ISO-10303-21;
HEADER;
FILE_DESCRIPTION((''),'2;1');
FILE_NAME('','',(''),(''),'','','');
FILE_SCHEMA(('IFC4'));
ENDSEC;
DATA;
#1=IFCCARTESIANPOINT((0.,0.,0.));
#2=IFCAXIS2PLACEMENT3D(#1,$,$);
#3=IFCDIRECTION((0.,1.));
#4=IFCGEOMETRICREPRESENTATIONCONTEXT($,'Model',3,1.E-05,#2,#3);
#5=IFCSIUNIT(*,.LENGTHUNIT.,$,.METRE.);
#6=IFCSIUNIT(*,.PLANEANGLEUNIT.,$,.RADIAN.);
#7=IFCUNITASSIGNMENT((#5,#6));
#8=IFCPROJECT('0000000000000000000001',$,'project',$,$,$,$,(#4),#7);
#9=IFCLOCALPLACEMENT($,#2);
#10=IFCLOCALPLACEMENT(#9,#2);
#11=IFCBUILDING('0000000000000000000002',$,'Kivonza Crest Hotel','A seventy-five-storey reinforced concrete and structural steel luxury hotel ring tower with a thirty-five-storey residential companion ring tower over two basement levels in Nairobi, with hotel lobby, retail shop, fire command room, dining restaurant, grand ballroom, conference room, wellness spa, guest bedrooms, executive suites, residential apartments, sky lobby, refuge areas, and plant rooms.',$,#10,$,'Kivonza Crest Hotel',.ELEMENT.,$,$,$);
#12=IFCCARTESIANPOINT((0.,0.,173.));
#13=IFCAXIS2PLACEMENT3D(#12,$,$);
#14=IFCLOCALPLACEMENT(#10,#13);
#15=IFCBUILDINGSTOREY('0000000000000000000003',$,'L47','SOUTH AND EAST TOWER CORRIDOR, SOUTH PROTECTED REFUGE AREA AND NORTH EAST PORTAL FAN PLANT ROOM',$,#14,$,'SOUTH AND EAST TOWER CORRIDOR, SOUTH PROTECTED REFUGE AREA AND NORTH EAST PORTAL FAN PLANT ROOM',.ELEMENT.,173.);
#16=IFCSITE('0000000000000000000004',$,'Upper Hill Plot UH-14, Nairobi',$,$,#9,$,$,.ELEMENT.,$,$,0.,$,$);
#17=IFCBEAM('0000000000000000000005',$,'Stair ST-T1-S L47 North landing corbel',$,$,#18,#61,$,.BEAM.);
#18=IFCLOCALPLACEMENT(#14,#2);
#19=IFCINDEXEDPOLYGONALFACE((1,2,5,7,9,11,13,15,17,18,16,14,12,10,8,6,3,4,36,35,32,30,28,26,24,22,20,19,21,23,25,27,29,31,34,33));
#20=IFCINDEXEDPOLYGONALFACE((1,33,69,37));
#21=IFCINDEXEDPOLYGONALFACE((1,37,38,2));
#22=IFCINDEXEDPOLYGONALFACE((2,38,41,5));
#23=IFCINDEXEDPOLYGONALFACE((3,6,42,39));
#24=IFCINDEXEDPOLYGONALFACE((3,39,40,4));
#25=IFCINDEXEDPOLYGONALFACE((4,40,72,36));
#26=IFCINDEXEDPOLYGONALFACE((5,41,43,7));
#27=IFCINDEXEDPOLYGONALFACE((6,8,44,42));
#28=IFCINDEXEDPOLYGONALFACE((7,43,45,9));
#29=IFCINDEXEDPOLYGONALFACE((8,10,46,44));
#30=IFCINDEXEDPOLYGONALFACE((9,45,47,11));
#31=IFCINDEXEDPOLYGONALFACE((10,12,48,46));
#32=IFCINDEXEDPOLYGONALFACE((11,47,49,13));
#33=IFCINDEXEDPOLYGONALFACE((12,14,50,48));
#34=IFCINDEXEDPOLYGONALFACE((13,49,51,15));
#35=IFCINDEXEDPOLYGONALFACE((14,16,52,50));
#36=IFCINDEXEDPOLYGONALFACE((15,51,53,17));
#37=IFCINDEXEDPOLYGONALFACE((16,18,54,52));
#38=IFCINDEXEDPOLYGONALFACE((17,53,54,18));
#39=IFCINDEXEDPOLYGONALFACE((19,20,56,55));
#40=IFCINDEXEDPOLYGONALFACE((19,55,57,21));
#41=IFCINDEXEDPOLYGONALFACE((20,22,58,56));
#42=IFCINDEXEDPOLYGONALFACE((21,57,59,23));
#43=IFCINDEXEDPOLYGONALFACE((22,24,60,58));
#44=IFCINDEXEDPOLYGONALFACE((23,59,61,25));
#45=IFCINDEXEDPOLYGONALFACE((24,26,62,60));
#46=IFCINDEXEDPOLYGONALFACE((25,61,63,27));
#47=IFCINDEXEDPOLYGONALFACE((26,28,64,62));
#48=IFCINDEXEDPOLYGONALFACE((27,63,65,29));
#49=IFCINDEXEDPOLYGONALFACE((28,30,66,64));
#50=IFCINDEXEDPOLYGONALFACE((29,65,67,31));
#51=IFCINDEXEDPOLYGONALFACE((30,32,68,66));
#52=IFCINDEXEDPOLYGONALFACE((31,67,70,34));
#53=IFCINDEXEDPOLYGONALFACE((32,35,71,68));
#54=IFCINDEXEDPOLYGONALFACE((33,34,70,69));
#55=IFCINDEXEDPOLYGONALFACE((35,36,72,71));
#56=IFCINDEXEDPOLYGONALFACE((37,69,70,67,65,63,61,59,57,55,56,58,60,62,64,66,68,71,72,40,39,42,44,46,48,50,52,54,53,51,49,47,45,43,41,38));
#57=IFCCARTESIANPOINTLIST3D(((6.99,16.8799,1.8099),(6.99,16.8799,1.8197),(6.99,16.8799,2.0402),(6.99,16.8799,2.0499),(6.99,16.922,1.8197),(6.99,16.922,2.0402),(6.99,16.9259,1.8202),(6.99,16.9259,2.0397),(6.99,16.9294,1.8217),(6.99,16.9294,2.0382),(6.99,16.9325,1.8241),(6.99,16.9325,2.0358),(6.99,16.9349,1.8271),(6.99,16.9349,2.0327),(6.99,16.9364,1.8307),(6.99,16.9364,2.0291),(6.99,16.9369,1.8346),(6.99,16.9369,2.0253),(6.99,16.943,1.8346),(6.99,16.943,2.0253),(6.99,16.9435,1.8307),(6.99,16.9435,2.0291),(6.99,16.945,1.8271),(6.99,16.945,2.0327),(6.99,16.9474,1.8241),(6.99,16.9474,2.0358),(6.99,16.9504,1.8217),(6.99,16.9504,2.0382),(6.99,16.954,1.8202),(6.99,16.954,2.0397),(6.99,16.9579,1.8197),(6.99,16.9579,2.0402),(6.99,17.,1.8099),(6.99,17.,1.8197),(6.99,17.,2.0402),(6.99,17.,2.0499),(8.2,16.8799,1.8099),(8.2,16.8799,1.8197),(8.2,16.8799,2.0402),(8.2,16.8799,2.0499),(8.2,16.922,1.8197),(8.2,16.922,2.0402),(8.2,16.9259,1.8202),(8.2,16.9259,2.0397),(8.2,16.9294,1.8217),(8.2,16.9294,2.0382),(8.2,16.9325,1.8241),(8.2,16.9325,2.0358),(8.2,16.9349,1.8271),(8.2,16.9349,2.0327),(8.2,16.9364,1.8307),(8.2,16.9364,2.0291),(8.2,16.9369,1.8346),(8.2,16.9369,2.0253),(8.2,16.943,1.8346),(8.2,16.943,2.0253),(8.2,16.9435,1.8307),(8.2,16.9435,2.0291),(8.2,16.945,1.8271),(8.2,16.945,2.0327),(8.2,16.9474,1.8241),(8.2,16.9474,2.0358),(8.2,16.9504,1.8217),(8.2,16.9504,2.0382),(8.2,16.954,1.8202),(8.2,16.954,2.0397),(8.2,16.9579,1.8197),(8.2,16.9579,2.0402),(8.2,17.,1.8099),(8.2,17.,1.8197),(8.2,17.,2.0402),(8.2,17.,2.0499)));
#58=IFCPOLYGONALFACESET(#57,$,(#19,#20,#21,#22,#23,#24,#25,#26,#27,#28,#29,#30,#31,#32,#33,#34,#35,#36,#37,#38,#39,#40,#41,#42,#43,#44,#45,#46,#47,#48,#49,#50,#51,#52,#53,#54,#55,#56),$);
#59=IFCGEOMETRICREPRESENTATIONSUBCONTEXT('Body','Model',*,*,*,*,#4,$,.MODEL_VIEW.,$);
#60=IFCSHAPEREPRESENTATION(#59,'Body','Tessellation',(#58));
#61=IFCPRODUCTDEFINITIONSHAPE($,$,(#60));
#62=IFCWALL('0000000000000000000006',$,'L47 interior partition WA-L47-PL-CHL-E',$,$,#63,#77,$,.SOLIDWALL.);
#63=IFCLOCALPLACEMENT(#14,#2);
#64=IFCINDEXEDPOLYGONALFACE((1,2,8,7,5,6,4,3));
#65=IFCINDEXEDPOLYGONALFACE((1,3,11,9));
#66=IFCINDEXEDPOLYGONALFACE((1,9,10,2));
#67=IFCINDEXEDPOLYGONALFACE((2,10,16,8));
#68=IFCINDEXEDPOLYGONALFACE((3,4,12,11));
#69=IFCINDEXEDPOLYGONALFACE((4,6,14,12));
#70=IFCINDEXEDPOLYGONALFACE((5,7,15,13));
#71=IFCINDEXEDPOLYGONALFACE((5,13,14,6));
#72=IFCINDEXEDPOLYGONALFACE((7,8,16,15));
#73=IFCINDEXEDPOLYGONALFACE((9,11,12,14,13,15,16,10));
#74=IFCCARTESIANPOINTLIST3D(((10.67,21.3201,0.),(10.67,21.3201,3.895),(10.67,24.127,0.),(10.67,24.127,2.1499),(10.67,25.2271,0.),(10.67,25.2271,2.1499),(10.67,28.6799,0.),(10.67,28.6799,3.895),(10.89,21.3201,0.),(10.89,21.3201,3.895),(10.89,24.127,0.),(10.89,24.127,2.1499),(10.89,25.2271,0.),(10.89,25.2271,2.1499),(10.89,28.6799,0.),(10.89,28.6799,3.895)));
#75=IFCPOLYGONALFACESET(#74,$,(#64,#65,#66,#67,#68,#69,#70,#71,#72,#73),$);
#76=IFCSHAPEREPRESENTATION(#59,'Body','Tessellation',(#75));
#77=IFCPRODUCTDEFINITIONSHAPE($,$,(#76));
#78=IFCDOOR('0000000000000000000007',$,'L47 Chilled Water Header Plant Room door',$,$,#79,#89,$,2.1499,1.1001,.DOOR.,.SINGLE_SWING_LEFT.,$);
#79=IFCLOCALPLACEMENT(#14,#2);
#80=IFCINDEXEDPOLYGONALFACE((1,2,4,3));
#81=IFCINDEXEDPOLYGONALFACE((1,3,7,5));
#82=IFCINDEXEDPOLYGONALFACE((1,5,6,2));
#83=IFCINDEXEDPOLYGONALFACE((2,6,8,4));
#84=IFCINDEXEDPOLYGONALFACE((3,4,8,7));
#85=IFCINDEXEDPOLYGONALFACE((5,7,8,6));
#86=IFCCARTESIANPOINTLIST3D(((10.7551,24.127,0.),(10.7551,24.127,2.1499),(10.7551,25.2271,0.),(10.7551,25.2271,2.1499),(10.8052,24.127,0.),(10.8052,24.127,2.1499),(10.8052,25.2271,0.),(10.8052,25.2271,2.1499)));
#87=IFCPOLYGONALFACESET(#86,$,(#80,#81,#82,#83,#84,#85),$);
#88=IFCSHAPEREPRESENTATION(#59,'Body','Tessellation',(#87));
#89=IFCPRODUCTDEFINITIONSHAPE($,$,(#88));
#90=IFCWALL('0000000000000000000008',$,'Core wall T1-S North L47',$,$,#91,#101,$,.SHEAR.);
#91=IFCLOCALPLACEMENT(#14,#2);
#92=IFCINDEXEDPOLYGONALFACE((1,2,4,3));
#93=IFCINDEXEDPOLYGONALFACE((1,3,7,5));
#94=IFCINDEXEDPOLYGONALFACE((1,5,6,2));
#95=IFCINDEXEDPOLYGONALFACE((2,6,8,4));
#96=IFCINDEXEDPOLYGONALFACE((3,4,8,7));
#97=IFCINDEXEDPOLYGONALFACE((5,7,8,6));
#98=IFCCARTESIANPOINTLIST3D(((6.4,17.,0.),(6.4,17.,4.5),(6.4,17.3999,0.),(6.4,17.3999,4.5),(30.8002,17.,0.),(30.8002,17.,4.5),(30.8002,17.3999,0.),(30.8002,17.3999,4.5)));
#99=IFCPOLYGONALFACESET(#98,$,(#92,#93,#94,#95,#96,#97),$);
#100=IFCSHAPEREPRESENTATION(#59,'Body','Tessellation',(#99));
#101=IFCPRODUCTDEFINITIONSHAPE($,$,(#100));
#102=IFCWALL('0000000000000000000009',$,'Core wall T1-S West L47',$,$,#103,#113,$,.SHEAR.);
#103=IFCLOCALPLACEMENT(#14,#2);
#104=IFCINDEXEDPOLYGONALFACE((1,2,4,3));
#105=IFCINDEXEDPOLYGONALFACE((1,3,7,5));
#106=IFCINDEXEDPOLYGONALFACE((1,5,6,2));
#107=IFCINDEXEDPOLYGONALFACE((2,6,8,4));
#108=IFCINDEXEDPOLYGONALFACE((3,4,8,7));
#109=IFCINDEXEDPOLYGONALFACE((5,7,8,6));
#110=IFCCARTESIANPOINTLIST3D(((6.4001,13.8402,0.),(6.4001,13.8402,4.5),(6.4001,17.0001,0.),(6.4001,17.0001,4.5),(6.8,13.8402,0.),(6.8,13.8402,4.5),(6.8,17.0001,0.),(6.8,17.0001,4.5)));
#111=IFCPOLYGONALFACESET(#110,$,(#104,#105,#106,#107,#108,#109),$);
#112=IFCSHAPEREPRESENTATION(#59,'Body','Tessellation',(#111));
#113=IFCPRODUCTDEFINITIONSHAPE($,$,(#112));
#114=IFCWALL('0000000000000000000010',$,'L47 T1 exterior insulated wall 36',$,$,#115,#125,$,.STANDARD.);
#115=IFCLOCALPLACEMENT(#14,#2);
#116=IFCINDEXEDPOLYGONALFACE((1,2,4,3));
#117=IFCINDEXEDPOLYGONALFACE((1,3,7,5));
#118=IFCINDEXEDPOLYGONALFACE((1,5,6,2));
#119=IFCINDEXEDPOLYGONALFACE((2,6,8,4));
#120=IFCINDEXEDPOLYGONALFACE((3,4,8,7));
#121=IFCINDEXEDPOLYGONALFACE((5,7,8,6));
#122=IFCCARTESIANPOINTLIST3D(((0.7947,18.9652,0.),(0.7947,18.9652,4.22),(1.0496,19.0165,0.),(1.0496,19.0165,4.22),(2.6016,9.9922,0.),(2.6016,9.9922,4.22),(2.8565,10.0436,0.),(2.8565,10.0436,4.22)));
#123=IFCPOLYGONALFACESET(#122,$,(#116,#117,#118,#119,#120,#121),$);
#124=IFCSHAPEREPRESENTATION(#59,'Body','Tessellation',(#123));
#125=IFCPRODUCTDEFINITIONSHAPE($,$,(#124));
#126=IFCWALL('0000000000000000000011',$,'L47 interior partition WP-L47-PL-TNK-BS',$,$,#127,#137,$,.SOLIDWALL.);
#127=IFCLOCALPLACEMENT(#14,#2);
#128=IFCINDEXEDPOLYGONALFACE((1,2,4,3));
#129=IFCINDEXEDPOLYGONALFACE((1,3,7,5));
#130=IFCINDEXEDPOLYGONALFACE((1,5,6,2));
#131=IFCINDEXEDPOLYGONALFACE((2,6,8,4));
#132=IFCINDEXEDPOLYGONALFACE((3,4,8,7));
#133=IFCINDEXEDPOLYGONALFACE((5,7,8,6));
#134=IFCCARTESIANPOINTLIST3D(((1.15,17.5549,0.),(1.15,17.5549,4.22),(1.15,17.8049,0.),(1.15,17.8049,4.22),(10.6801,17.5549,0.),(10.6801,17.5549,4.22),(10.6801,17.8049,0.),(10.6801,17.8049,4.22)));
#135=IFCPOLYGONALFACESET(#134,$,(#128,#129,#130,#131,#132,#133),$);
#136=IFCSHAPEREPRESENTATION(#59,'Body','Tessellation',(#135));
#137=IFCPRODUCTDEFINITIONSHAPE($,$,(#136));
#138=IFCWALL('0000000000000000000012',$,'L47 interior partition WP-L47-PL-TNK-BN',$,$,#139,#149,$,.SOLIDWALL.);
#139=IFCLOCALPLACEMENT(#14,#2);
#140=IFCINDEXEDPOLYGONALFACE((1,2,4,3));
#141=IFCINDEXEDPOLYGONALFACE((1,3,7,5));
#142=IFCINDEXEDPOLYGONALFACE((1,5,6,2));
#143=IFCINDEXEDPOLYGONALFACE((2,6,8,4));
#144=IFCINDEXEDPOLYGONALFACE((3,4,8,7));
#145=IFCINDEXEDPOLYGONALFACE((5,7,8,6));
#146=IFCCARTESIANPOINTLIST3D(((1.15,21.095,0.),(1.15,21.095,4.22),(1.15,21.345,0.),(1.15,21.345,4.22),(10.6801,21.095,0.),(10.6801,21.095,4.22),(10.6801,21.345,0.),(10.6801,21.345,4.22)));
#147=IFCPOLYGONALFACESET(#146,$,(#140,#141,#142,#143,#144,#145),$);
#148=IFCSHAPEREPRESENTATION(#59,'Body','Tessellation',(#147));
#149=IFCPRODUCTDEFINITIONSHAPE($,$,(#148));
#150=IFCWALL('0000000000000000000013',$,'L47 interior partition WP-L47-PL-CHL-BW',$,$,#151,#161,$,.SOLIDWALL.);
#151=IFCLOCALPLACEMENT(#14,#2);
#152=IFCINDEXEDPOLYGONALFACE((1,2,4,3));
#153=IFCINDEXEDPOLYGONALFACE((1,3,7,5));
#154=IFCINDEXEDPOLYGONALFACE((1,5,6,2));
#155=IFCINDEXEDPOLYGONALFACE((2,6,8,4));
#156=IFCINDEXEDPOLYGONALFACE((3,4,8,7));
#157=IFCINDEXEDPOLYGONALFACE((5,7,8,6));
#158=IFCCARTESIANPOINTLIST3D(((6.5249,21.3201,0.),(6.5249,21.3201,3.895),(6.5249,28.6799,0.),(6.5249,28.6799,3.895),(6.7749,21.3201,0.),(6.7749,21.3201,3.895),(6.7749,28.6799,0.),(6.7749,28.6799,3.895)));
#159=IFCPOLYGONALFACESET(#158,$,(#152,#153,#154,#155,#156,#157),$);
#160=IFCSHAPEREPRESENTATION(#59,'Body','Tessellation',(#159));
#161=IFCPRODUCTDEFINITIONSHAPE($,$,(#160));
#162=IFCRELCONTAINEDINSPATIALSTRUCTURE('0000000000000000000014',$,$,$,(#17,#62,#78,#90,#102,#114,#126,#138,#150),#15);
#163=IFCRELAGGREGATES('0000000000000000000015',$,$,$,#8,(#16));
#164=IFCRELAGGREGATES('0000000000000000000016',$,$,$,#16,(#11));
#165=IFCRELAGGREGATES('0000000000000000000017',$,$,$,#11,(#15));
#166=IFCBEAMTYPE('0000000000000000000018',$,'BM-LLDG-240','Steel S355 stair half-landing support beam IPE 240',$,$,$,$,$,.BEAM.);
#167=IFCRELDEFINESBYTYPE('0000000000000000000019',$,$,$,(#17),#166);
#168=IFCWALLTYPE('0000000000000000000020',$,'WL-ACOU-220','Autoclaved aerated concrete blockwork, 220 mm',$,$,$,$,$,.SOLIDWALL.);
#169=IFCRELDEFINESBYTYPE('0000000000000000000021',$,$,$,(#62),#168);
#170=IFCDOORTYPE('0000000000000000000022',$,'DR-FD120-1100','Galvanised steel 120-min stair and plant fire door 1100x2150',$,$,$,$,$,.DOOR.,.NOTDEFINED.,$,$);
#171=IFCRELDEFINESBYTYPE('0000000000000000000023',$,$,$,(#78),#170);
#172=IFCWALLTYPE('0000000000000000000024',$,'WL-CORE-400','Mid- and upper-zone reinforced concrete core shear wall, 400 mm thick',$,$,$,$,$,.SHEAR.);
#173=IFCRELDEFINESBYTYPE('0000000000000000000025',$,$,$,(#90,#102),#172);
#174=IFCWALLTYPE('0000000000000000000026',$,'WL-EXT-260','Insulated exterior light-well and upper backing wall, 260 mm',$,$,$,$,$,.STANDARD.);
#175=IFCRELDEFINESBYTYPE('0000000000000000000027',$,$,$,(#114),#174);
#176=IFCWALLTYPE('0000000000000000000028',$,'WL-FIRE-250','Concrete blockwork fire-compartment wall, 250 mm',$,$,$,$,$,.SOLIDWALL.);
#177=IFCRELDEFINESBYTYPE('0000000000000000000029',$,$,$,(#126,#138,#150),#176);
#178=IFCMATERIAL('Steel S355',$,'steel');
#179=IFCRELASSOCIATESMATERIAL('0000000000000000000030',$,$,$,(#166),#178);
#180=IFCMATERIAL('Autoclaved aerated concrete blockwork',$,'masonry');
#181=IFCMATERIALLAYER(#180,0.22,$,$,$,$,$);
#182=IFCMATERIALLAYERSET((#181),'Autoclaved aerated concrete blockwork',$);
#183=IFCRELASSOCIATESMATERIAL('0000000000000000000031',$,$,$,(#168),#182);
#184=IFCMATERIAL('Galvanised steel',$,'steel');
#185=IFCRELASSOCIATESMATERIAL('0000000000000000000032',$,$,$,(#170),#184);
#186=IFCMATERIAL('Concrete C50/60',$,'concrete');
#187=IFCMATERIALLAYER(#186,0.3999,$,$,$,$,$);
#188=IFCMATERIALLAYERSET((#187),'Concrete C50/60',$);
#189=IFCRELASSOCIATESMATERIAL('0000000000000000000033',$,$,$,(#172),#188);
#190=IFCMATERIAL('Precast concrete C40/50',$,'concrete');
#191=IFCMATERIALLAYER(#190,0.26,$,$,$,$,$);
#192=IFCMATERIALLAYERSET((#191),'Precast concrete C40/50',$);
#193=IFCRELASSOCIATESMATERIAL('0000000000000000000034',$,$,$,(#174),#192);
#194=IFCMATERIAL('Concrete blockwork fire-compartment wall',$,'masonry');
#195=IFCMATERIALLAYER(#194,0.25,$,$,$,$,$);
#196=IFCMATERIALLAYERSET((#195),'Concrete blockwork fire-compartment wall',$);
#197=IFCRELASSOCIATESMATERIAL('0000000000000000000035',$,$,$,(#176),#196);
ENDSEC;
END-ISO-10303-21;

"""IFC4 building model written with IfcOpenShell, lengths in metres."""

from ifc_helpers import new_model, si_unit, direction, frame, frame_2d, origin, origin_2d, place, context, subcontext, project, spatial, rectangle, i_section, extrude, material, layer, layer_set, material_profile, profile_set, type_object, element, fill, save


model = new_model("IFC4")

# Units and contexts
model_context = context("Model", 3, precision=1e-05, world=origin(), true_north=direction((0.0, 1.0)))
body_context = subcontext(model_context, "Body", "Model", "MODEL_VIEW")
ifc_project = project(units=[si_unit("LENGTHUNIT", "METRE"), si_unit("PLANEANGLEUNIT", "RADIAN")], contexts=[model_context])

# Site, building, storey
site_placement = place(None, origin())
site = spatial("IfcSite", under=ifc_project, at=site_placement, Name="Upper Hill Plot UH-14, Nairobi", CompositionType="ELEMENT", RefElevation=0.0)
building_placement = place(site_placement, origin())
building = spatial("IfcBuilding", under=site, at=building_placement, Name="Kivonza Crest Hotel", Description="A seventy-five-storey reinforced concrete and structural steel luxury hotel ring tower with a thirty-five-storey residential companion ring tower over two basement levels in Nairobi, with hotel lobby, retail shop, fire command room, dining restaurant, grand ballroom, conference room, wellness spa, guest bedrooms, executive suites, residential apartments, sky lobby, refuge areas, and plant rooms.", LongName="Kivonza Crest Hotel", CompositionType="ELEMENT")
storey_placement = place(building_placement, frame((0.0, 0.0, 173.0)))
storey = spatial("IfcBuildingStorey", under=building, at=storey_placement, Name="L47", Description="SOUTH AND EAST TOWER CORRIDOR, SOUTH PROTECTED REFUGE AREA AND NORTH EAST PORTAL FAN PLANT ROOM", LongName="SOUTH AND EAST TOWER CORRIDOR, SOUTH PROTECTED REFUGE AREA AND NORTH EAST PORTAL FAN PLANT ROOM", CompositionType="ELEMENT", Elevation=173.0)

# Shared definitions
ifc_material_1 = material(Name="Concrete C50/60", Category="concrete")

# Beam
ifc_material_2 = material(Name="Steel S355", Category="steel")
ifc_material_profile_1 = material_profile(ifc_material_2, i_section(OverallWidth=0.1201, OverallDepth=0.24, WebThickness=0.0061, FlangeThickness=0.0098, FilletRadius=0.0149, at=origin_2d()), Name="IPE 240")
ifc_profile_set_1 = profile_set([ifc_material_profile_1], Name="Steel S355")
beam_type_1 = type_object("IfcBeamType", Name="BM-LLDG-240", Description="Steel S355 stair half-landing support beam IPE 240", PredefinedType="BEAM", material=ifc_profile_set_1)
for number, where, z_axis, x_axis, name in (
    (1, (6.99, 16.9399, 1.9299), (1.0, 0.0, 0.0), (0.0, 1.0, 0.0), "Stair ST-T1-S L47 North landing corbel"),
):
    element("IfcBeam", number, at=place(storey_placement, frame(where, z_axis=z_axis, x_axis=x_axis)), inside=storey, type_object=beam_type_1, Name=name, PredefinedType="BEAM", context=body_context, shape_type="SweptSolid", body=[
        extrude(i_section(OverallWidth=0.1201, OverallDepth=0.24, WebThickness=0.0061, FlangeThickness=0.0098, FilletRadius=0.0149, at=origin_2d()), origin(), (0.0, 0.0, 1.0), 1.21),
    ])

# Wall, opening, door
ifc_material_3 = material(Name="Autoclaved aerated concrete blockwork", Category="masonry")
ifc_layer_1 = layer(ifc_material_3, 0.22)
ifc_layer_set_1 = layer_set([ifc_layer_1], Name="Autoclaved aerated concrete blockwork")
wall_type_1 = type_object("IfcWallType", Name="WL-ACOU-220", Description="Autoclaved aerated concrete blockwork, 220 mm", PredefinedType="SOLIDWALL", material=ifc_layer_set_1)
ifc_material_4 = material(Name="Galvanised steel", Category="steel")
door_type_1 = type_object("IfcDoorType", Name="DR-FD120-1100", Description="Galvanised steel 120-min stair and plant fire door 1100x2150", OperationType="NOTDEFINED", PredefinedType="DOOR", material=ifc_material_4)
wall_1_placement = place(storey_placement, frame((10.78, 21.3201, 0.0), z_axis=(0.0, 0.0, 1.0), x_axis=(0.0, 1.0, 0.0)))
wall_1 = element("IfcWall", 2, at=wall_1_placement, inside=storey, type_object=wall_type_1, Name="L47 interior partition WA-L47-PL-CHL-E", PredefinedType="SOLIDWALL", context=body_context, shape_type="SweptSolid", body=[
    extrude(rectangle(XDim=7.3599, YDim=0.22, at=frame_2d((3.6799, 0.0))), origin(), (0.0, 0.0, 1.0), 3.895),
])
opening_1_placement = place(wall_1_placement, frame((2.8069, 0.0, 0.0)))
opening_1 = element("IfcOpeningElement", 3, at=opening_1_placement, cuts=wall_1, PredefinedType="OPENING", context=body_context, shape_type="SweptSolid", body=[
    extrude(rectangle(XDim=1.1001, YDim=2.1499, at=frame_2d((0.55, 1.075))), frame((0.0, 0.1201, 0.0), z_axis=(0.0, -1.0, 0.0), x_axis=(1.0, 0.0, 0.0)), (0.0, 0.0, 1.0), 0.24),
])
door_1_placement = place(opening_1_placement, origin())
door_1 = element("IfcDoor", 4, at=door_1_placement, inside=storey, type_object=door_type_1, Name="L47 Chilled Water Header Plant Room door", OperationType="SINGLE_SWING_LEFT", OverallHeight=2.1499, OverallWidth=1.1001, PredefinedType="DOOR", context=body_context, shape_type="SweptSolid", body=[
    extrude(rectangle(XDim=1.1001, YDim=2.1499, at=frame_2d((0.55, 1.075))), frame((0.0, 0.0249, 0.0), z_axis=(0.0, -1.0, 0.0), x_axis=(1.0, 0.0, 0.0)), (0.0, 0.0, 1.0), 0.05),
])
fill(opening_1, door_1)

# Shared definitions
ifc_layer_2 = layer(ifc_material_1, 0.3999)
ifc_layer_set_2 = layer_set([ifc_layer_2], Name="Concrete C50/60")
wall_type_2 = type_object("IfcWallType", Name="WL-CORE-400", Description="Mid- and upper-zone reinforced concrete core shear wall, 400 mm thick", PredefinedType="SHEAR", material=ifc_layer_set_2)

# Walls
wall_2_placement = place(storey_placement, frame((6.3999, 17.2, 0.0), z_axis=(0.0, 0.0, 1.0), x_axis=(1.0, 0.0, 0.0)))
element("IfcWall", 5, at=wall_2_placement, inside=storey, type_object=wall_type_2, Name="Core wall T1-S North L47", PredefinedType="SHEAR", context=body_context, shape_type="SweptSolid", body=[
    extrude(rectangle(XDim=24.4001, YDim=0.3999, at=frame_2d((12.2002, 0.0))), origin(), (0.0, 0.0, 1.0), 4.5),
])
wall_3_placement = place(storey_placement, frame((6.6001, 13.8401, 0.0), z_axis=(0.0, 0.0, 1.0), x_axis=(0.0, 1.0, 0.0)))
element("IfcWall", 6, at=wall_3_placement, inside=storey, type_object=wall_type_2, Name="Core wall T1-S West L47", PredefinedType="SHEAR", context=body_context, shape_type="SweptSolid", body=[
    extrude(rectangle(XDim=3.1599, YDim=0.3999, at=frame_2d((1.5801, 0.0))), origin(), (0.0, 0.0, 1.0), 4.5),
])
ifc_material_5 = material(Name="Precast concrete C40/50", Category="concrete")
ifc_layer_3 = layer(ifc_material_5, 0.26)
ifc_layer_set_3 = layer_set([ifc_layer_3], Name="Precast concrete C40/50")
wall_type_3 = type_object("IfcWallType", Name="WL-EXT-260", Description="Insulated exterior light-well and upper backing wall, 260 mm", PredefinedType="STANDARD", material=ifc_layer_set_3)
wall_4_placement = place(storey_placement, frame((0.9221, 18.991, 0.0), z_axis=(0.0, 0.0, 1.0), x_axis=(0.197409, -0.980321, 0.0)))
element("IfcWall", 7, at=wall_4_placement, inside=storey, type_object=wall_type_3, Name="L47 T1 exterior insulated wall 36", PredefinedType="STANDARD", context=body_context, shape_type="SweptSolid", body=[
    extrude(rectangle(XDim=9.1531, YDim=0.26, at=frame_2d((4.5767, 0.0))), origin(), (0.0, 0.0, 1.0), 4.22),
])
ifc_material_6 = material(Name="Concrete blockwork fire-compartment wall", Category="masonry")
ifc_layer_4 = layer(ifc_material_6, 0.25)
ifc_layer_set_4 = layer_set([ifc_layer_4], Name="Concrete blockwork fire-compartment wall")
wall_type_4 = type_object("IfcWallType", Name="WL-FIRE-250", Description="Concrete blockwork fire-compartment wall, 250 mm", PredefinedType="SOLIDWALL", material=ifc_layer_set_4)
for number, where, z_axis, x_axis, name in (
    (8, (1.1499, 17.6799, 0.0), (0.0, 0.0, 1.0), (1.0, 0.0, 0.0), "L47 interior partition WP-L47-PL-TNK-BS"),
    (9, (1.1499, 21.22, 0.0), (0.0, 0.0, 1.0), (1.0, 0.0, 0.0), "L47 interior partition WP-L47-PL-TNK-BN"),
):
    element("IfcWall", number, at=place(storey_placement, frame(where, z_axis=z_axis, x_axis=x_axis)), inside=storey, type_object=wall_type_4, Name=name, PredefinedType="SOLIDWALL", context=body_context, shape_type="SweptSolid", body=[
        extrude(rectangle(XDim=9.53, YDim=0.25, at=frame_2d((4.7651, 0.0))), origin(), (0.0, 0.0, 1.0), 4.22),
    ])
wall_5_placement = place(storey_placement, frame((6.6499, 21.3201, 0.0), z_axis=(0.0, 0.0, 1.0), x_axis=(0.0, 1.0, 0.0)))
element("IfcWall", 10, at=wall_5_placement, inside=storey, type_object=wall_type_4, Name="L47 interior partition WP-L47-PL-CHL-BW", PredefinedType="SOLIDWALL", context=body_context, shape_type="SweptSolid", body=[
    extrude(rectangle(XDim=7.3599, YDim=0.25, at=frame_2d((3.6799, 0.0))), origin(), (0.0, 0.0, 1.0), 3.895),
])

save(model, "model.ifc")
